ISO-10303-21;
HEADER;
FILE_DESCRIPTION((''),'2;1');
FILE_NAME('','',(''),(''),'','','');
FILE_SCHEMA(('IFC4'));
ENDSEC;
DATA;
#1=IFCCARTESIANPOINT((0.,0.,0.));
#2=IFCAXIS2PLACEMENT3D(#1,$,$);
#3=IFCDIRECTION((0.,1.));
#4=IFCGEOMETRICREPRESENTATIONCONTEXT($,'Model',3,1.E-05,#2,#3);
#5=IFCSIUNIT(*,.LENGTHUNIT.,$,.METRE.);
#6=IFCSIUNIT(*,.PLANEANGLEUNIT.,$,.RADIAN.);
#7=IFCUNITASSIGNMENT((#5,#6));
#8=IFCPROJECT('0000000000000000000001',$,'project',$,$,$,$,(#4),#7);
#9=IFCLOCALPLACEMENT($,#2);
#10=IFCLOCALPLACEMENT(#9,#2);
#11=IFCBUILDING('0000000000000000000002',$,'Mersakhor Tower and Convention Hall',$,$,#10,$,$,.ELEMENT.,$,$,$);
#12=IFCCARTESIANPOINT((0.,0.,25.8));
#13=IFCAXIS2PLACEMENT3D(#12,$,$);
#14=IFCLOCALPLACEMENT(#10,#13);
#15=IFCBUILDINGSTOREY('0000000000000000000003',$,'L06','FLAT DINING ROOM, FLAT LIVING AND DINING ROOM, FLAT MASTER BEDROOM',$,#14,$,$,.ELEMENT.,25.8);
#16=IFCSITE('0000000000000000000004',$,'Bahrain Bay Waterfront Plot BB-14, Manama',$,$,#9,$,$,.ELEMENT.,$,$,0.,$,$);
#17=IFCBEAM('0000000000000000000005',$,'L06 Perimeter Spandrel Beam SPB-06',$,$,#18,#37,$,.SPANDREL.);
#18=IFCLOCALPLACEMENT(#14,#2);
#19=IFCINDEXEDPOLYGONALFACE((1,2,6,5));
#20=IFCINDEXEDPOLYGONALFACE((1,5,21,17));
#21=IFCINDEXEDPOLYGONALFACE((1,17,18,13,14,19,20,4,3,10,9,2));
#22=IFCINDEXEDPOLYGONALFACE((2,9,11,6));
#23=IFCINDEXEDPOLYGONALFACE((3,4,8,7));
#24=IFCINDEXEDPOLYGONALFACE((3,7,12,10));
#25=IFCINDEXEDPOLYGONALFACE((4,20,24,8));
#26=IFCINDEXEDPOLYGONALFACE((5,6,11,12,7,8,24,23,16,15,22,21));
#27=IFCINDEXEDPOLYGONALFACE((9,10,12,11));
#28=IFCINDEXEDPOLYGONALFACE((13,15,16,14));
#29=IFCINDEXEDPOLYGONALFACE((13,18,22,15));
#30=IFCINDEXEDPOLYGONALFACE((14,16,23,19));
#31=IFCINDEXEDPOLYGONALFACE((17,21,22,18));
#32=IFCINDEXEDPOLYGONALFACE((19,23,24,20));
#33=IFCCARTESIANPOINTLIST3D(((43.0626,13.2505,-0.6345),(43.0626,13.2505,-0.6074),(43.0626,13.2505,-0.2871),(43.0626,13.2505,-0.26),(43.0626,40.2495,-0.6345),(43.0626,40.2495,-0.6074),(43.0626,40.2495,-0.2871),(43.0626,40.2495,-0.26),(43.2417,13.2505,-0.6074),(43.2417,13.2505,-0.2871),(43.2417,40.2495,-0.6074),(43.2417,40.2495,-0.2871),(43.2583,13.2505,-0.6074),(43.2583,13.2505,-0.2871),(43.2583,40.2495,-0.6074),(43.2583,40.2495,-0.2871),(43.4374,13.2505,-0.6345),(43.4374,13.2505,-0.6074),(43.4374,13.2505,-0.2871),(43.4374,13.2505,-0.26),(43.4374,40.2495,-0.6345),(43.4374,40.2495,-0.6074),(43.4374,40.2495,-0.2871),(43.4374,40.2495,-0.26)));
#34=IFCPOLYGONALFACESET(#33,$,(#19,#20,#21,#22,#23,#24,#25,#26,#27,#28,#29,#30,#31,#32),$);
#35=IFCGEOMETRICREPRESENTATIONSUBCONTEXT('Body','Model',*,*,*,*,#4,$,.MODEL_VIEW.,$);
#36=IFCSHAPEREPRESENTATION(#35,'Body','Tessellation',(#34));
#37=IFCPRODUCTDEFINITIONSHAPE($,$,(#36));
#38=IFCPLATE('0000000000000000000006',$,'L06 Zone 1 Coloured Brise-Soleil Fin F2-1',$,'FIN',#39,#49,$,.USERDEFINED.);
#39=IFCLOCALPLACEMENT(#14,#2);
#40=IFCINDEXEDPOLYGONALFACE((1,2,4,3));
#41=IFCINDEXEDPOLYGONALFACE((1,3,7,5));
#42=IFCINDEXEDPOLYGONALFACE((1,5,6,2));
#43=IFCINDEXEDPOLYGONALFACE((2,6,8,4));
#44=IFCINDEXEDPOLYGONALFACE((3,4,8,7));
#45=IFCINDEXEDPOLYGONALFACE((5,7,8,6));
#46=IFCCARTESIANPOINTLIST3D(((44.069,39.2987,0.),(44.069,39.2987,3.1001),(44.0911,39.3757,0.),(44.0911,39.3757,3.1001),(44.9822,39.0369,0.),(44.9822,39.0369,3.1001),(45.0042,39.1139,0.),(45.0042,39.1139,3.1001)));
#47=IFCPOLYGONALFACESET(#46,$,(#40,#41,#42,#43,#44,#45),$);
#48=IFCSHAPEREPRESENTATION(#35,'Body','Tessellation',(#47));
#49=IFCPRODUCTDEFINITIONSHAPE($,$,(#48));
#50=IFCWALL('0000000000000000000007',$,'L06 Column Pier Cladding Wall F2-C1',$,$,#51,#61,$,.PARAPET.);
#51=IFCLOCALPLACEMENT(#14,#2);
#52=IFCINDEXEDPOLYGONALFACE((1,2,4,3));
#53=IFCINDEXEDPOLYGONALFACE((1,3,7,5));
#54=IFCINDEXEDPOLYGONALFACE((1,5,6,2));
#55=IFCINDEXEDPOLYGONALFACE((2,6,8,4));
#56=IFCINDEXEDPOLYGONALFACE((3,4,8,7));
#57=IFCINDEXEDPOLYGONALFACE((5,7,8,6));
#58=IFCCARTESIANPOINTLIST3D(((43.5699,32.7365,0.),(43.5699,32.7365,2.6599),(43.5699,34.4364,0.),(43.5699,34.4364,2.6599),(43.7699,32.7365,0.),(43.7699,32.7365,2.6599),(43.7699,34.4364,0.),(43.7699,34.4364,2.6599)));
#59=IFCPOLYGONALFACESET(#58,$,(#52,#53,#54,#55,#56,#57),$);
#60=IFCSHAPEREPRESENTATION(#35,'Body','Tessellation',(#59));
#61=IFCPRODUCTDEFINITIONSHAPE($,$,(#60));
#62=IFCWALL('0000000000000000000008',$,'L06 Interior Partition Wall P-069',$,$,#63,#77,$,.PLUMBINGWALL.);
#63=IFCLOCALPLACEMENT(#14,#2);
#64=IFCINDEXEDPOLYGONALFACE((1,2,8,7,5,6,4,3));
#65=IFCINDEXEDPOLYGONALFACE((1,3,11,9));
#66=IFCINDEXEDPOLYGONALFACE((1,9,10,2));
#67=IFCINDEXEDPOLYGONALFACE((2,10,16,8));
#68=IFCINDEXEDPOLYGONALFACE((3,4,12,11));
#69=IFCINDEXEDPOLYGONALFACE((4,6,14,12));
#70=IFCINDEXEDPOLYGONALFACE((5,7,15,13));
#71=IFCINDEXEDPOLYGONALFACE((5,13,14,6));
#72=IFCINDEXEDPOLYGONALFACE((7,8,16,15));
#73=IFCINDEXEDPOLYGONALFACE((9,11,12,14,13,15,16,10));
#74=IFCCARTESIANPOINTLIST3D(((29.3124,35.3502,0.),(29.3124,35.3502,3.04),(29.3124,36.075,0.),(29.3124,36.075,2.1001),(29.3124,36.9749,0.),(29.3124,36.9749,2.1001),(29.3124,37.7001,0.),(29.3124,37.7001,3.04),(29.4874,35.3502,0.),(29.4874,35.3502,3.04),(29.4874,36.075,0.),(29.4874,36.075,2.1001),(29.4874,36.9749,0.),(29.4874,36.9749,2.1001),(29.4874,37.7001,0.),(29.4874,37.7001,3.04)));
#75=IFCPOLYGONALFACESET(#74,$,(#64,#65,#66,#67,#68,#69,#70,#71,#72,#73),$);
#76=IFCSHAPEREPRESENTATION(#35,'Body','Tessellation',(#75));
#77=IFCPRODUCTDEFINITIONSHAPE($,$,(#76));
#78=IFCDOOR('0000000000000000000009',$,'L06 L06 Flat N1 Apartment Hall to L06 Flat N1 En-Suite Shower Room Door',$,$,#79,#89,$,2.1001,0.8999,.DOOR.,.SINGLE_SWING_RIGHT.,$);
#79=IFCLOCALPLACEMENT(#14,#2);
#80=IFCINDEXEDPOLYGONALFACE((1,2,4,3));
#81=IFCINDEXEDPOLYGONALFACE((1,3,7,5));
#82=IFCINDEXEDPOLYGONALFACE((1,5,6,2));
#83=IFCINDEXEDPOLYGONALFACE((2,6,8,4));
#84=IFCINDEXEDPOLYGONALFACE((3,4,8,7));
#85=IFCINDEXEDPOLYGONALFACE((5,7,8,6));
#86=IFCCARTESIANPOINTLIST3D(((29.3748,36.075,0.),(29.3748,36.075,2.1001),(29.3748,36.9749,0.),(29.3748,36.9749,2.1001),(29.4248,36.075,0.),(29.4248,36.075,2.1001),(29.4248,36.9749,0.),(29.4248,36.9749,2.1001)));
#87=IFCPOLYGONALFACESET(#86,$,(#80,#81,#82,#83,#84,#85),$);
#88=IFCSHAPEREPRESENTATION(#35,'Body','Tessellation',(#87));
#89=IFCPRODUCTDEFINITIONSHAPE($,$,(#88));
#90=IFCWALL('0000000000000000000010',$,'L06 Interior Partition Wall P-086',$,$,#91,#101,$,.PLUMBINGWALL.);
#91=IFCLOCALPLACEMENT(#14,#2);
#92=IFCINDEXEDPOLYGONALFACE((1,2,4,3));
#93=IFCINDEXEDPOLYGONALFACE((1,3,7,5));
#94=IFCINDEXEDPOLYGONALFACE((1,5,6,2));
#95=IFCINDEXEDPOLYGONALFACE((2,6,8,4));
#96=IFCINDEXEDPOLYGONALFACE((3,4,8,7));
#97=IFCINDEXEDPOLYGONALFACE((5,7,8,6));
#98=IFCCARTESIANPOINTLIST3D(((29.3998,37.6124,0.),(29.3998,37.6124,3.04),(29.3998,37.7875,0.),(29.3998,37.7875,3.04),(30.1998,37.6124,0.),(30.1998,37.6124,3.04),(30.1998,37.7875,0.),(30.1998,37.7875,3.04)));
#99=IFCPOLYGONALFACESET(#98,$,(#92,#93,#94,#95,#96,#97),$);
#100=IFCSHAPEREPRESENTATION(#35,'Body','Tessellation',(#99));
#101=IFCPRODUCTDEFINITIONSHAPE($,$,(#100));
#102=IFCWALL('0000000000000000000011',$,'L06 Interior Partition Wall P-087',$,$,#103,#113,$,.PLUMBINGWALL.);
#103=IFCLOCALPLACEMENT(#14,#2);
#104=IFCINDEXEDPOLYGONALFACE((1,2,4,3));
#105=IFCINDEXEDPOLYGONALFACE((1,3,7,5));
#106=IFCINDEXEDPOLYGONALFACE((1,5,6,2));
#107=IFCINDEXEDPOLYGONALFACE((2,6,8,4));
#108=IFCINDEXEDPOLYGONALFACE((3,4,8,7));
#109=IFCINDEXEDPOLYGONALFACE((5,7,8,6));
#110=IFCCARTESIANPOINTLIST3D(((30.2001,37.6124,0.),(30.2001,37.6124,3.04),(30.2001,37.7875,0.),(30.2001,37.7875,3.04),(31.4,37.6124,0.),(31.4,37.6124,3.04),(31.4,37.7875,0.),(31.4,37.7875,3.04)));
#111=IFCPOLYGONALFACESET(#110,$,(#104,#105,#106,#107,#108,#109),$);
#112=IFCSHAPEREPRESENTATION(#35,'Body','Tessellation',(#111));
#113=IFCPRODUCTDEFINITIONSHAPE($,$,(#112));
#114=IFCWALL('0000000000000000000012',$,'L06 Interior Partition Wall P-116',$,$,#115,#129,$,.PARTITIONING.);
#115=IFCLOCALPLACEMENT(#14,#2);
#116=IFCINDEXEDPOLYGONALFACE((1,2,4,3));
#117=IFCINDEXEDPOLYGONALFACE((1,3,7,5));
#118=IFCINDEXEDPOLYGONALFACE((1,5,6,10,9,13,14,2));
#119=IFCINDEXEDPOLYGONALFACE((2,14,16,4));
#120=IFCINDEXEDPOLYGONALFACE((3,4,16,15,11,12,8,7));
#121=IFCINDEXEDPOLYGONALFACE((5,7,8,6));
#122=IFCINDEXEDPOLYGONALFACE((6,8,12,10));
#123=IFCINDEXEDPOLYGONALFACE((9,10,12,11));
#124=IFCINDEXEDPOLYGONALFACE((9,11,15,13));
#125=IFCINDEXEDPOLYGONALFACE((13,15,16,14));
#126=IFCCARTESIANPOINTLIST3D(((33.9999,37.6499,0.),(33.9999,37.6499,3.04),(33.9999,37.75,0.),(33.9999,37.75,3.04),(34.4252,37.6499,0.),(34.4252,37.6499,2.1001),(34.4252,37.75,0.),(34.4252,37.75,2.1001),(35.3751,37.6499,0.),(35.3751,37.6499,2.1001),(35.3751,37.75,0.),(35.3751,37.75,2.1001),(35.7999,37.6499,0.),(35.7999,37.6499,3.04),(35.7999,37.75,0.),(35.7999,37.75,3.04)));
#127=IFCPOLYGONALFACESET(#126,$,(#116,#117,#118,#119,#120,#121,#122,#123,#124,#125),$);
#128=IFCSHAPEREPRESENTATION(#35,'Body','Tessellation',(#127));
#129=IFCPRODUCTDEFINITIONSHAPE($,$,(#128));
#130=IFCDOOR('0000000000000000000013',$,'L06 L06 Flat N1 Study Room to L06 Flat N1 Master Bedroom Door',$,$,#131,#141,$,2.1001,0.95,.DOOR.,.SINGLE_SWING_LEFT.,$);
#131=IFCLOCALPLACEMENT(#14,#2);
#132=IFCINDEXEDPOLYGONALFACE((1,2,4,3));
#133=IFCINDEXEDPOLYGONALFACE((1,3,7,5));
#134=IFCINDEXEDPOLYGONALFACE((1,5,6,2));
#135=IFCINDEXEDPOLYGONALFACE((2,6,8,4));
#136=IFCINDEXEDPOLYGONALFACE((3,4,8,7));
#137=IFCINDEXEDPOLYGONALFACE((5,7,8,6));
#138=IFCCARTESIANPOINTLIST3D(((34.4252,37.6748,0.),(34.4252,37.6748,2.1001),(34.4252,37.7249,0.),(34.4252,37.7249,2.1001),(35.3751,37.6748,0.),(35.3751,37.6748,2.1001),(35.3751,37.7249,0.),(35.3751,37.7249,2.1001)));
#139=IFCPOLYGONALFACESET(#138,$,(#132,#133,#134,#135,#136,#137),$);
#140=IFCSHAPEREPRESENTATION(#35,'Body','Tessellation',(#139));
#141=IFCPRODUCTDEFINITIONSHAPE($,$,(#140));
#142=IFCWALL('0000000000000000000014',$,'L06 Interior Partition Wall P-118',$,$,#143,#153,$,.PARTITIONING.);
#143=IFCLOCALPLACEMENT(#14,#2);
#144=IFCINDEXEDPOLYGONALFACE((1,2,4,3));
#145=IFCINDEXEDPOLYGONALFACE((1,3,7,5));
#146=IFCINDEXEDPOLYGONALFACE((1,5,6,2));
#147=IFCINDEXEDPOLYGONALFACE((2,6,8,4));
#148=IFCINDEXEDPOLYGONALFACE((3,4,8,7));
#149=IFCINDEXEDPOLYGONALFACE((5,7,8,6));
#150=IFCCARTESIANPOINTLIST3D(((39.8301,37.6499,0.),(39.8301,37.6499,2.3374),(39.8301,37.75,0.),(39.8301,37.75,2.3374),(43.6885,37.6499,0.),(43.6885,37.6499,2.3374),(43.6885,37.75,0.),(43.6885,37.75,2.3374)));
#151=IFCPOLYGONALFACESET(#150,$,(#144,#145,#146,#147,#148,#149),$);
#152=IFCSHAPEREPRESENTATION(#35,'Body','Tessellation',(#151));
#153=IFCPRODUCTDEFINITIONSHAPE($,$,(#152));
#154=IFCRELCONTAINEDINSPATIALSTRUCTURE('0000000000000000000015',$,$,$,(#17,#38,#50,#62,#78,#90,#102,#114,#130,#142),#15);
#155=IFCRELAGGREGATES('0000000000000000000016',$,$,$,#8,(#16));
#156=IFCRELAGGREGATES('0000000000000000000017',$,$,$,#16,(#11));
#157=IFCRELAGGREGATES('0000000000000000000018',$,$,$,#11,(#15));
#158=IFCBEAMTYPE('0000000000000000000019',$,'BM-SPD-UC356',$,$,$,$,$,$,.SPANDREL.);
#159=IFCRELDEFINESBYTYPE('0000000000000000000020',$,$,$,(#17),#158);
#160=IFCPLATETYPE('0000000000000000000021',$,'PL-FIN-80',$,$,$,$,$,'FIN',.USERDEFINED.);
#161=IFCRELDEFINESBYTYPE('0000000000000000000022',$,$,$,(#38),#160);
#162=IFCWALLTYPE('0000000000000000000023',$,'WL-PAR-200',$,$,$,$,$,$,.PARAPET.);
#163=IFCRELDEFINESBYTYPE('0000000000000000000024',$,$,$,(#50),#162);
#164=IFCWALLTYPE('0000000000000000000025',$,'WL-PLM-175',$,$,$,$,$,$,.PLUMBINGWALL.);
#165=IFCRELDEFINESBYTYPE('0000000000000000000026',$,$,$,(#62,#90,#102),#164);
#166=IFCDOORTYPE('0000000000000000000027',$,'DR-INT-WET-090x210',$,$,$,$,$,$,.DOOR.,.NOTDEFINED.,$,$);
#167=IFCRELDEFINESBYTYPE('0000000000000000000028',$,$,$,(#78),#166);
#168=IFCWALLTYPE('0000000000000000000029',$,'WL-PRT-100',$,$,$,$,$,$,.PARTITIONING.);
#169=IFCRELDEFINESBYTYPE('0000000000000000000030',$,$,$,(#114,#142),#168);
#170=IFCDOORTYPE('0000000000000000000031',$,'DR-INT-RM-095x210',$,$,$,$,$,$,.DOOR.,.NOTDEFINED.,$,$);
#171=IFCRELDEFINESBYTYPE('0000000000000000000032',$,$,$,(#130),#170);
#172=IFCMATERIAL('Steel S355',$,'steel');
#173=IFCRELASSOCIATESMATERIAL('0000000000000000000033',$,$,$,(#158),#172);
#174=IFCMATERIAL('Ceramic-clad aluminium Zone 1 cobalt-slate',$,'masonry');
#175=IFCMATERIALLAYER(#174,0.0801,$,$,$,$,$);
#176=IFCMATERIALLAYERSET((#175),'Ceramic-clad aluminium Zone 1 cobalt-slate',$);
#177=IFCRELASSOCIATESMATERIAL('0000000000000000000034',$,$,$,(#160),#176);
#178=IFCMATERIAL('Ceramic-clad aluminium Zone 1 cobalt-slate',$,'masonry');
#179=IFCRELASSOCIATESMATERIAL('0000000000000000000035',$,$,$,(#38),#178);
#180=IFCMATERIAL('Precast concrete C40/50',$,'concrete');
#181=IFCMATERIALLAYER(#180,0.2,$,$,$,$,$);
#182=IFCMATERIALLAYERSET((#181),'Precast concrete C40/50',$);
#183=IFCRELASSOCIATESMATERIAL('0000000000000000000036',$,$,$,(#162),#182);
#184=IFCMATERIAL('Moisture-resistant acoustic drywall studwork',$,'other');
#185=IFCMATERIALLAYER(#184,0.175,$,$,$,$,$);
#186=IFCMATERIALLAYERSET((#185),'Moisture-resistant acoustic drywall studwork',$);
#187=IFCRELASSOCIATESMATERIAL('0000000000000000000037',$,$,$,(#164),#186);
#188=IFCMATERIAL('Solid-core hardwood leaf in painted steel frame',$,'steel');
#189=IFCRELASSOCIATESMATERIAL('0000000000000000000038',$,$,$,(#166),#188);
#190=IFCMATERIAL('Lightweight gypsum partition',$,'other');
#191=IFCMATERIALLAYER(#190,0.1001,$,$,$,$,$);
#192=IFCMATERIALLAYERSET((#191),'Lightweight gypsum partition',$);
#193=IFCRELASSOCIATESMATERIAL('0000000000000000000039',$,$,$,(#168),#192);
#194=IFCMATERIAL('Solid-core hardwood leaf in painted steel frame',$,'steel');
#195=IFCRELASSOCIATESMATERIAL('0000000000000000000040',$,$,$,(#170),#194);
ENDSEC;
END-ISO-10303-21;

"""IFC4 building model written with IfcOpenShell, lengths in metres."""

from ifc_helpers import new_model, si_unit, direction, frame, frame_2d, origin, origin_2d, place, context, subcontext, project, spatial, rectangle, i_section, extrude, material, layer, layer_set, material_profile, profile_set, type_object, element, fill, save


model = new_model("IFC4")

# Units and contexts
model_context = context("Model", 3, precision=1e-05, world=origin(), true_north=direction((0.0, 1.0)))
body_context = subcontext(model_context, "Body", "Model", "MODEL_VIEW")
ifc_project = project(units=[si_unit("LENGTHUNIT", "METRE"), si_unit("PLANEANGLEUNIT", "RADIAN")], contexts=[model_context])

# Site, building, storey
site_placement = place(None, origin())
site = spatial("IfcSite", under=ifc_project, at=site_placement, Name="Bahrain Bay Waterfront Plot BB-14, Manama", CompositionType="ELEMENT", RefElevation=0.0)
building_placement = place(site_placement, origin())
building = spatial("IfcBuilding", under=site, at=building_placement, Name="Mersakhor Tower and Convention Hall", CompositionType="ELEMENT")
storey_placement = place(building_placement, frame((0.0, 0.0, 25.8)))
storey = spatial("IfcBuildingStorey", under=building, at=storey_placement, Name="L06", Description="FLAT DINING ROOM, FLAT LIVING AND DINING ROOM, FLAT MASTER BEDROOM", CompositionType="ELEMENT", Elevation=25.8)

# Beam
ifc_material_1 = material(Name="Steel S355", Category="steel")
ifc_material_profile = material_profile(ifc_material_1, i_section(OverallWidth=0.3748, OverallDepth=0.3745, WebThickness=0.0166, FlangeThickness=0.0271, at=origin_2d()), Name="UC 356x368x202")
ifc_profile_set = profile_set([ifc_material_profile], Name="Steel S355")
beam_type = type_object("IfcBeamType", Name="BM-SPD-UC356", PredefinedType="SPANDREL", material=ifc_profile_set)
beam_placement = place(storey_placement, frame((43.25, 40.2495, -0.4473), z_axis=(0.0, -1.0, 0.0), x_axis=(1.0, 0.0, 0.0)))
element("IfcBeam", 1, at=beam_placement, inside=storey, type_object=beam_type, Name="L06 Perimeter Spandrel Beam SPB-06", PredefinedType="SPANDREL", context=body_context, shape_type="SweptSolid", body=[
    extrude(i_section(OverallWidth=0.3748, OverallDepth=0.3745, WebThickness=0.0166, FlangeThickness=0.0271, at=origin_2d()), origin(), (0.0, 0.0, 1.0), 26.999),
])

# Plate
ifc_material_2 = material(Name="Ceramic-clad aluminium Zone 1 cobalt-slate", Category="masonry")
ifc_material_3 = material(Name="Ceramic-clad aluminium Zone 1 cobalt-slate", Category="masonry")
ifc_layer_1 = layer(ifc_material_3, 0.0801)
ifc_layer_set_1 = layer_set([ifc_layer_1], Name="Ceramic-clad aluminium Zone 1 cobalt-slate")
plate_type = type_object("IfcPlateType", Name="PL-FIN-80", ElementType="FIN", PredefinedType="USERDEFINED", material=ifc_layer_set_1)
plate_placement = place(storey_placement, frame((44.5366, 39.2063, 0.0), z_axis=(0.0, 0.0, 1.0), x_axis=(0.961262, -0.275637, 0.0)))
element("IfcPlate", 2, at=plate_placement, inside=storey, type_object=plate_type, material=ifc_material_2, Name="L06 Zone 1 Coloured Brise-Soleil Fin F2-1", ObjectType="FIN", PredefinedType="USERDEFINED", context=body_context, shape_type="SweptSolid", body=[
    extrude(rectangle(XDim=0.95, YDim=0.0801, at=origin_2d()), origin(), (0.0, 0.0, 1.0), 3.1001),
])

# Wall
ifc_material_4 = material(Name="Precast concrete C40/50", Category="concrete")
ifc_layer_2 = layer(ifc_material_4, 0.2)
ifc_layer_set_2 = layer_set([ifc_layer_2], Name="Precast concrete C40/50")
wall_type_1 = type_object("IfcWallType", Name="WL-PAR-200", PredefinedType="PARAPET", material=ifc_layer_set_2)
wall_1_placement = place(storey_placement, frame((43.6699, 34.4365, 0.0), z_axis=(0.0, 0.0, 1.0), x_axis=(0.0, -1.0, 0.0)))
element("IfcWall", 3, at=wall_1_placement, inside=storey, type_object=wall_type_1, Name="L06 Column Pier Cladding Wall F2-C1", PredefinedType="PARAPET", context=body_context, shape_type="SweptSolid", body=[
    extrude(rectangle(XDim=1.7, YDim=0.2, at=frame_2d((0.8501, 0.0))), origin(), (0.0, 0.0, 1.0), 2.6599),
])

# Wall, opening, door
ifc_material_5 = material(Name="Moisture-resistant acoustic drywall studwork", Category="other")
ifc_layer_3 = layer(ifc_material_5, 0.175)
ifc_layer_set_3 = layer_set([ifc_layer_3], Name="Moisture-resistant acoustic drywall studwork")
wall_type_2 = type_object("IfcWallType", Name="WL-PLM-175", PredefinedType="PLUMBINGWALL", material=ifc_layer_set_3)
wall_2_placement = place(storey_placement, frame((29.3999, 37.7, 0.0), z_axis=(0.0, 0.0, 1.0), x_axis=(0.0, -1.0, 0.0)))
wall_2 = element("IfcWall", 4, at=wall_2_placement, inside=storey, type_object=wall_type_2, Name="L06 Interior Partition Wall P-069", PredefinedType="PLUMBINGWALL", context=body_context, shape_type="SweptSolid", body=[
    extrude(rectangle(XDim=2.3499, YDim=0.175, at=frame_2d((1.1748, 0.0))), origin(), (0.0, 0.0, 1.0), 3.04),
])
opening_1_placement = place(wall_2_placement, frame((0.7251, 0.0, 0.0)))
opening_1 = element("IfcOpeningElement", 5, at=opening_1_placement, cuts=wall_2, PredefinedType="OPENING", context=body_context, shape_type="SweptSolid", body=[
    extrude(rectangle(XDim=0.8999, YDim=2.1001, at=frame_2d((0.45, 1.05))), frame((0.0, 0.0974, 0.0), z_axis=(0.0, -1.0, 0.0), x_axis=(1.0, 0.0, 0.0)), (0.0, 0.0, 1.0), 0.1951),
])
ifc_material_6 = material(Name="Solid-core hardwood leaf in painted steel frame", Category="steel")
door_type_1 = type_object("IfcDoorType", Name="DR-INT-WET-090x210", OperationType="NOTDEFINED", PredefinedType="DOOR", material=ifc_material_6)
door_1_placement = place(opening_1_placement, origin())
door_1 = element("IfcDoor", 6, at=door_1_placement, inside=storey, type_object=door_type_1, Name="L06 L06 Flat N1 Apartment Hall to L06 Flat N1 En-Suite Shower Room Door", OperationType="SINGLE_SWING_RIGHT", OverallHeight=2.1001, OverallWidth=0.8999, PredefinedType="DOOR", context=body_context, shape_type="SweptSolid", body=[
    extrude(rectangle(XDim=0.8999, YDim=2.1001, at=frame_2d((0.45, 1.05))), frame((0.0, 0.0249, 0.0), z_axis=(0.0, -1.0, 0.0), x_axis=(1.0, 0.0, 0.0)), (0.0, 0.0, 1.0), 0.05),
])
fill(opening_1, door_1)

# Walls
wall_3_placement = place(storey_placement, frame((29.3999, 37.7, 0.0), z_axis=(0.0, 0.0, 1.0), x_axis=(1.0, 0.0, 0.0)))
element("IfcWall", 7, at=wall_3_placement, inside=storey, type_object=wall_type_2, Name="L06 Interior Partition Wall P-086", PredefinedType="PLUMBINGWALL", context=body_context, shape_type="SweptSolid", body=[
    extrude(rectangle(XDim=0.8, YDim=0.175, at=frame_2d((0.3999, 0.0))), origin(), (0.0, 0.0, 1.0), 3.04),
])
wall_4_placement = place(storey_placement, frame((30.2, 37.7, 0.0), z_axis=(0.0, 0.0, 1.0), x_axis=(1.0, 0.0, 0.0)))
element("IfcWall", 8, at=wall_4_placement, inside=storey, type_object=wall_type_2, Name="L06 Interior Partition Wall P-087", PredefinedType="PLUMBINGWALL", context=body_context, shape_type="SweptSolid", body=[
    extrude(rectangle(XDim=1.2, YDim=0.175, at=frame_2d((0.6001, 0.0))), origin(), (0.0, 0.0, 1.0), 3.04),
])

# Wall, opening, door
ifc_material_7 = material(Name="Lightweight gypsum partition", Category="other")
ifc_layer_4 = layer(ifc_material_7, 0.1001)
ifc_layer_set_4 = layer_set([ifc_layer_4], Name="Lightweight gypsum partition")
wall_type_3 = type_object("IfcWallType", Name="WL-PRT-100", PredefinedType="PARTITIONING", material=ifc_layer_set_4)
wall_5_placement = place(storey_placement, frame((34.0, 37.7, 0.0), z_axis=(0.0, 0.0, 1.0), x_axis=(1.0, 0.0, 0.0)))
wall_5 = element("IfcWall", 9, at=wall_5_placement, inside=storey, type_object=wall_type_3, Name="L06 Interior Partition Wall P-116", PredefinedType="PARTITIONING", context=body_context, shape_type="SweptSolid", body=[
    extrude(rectangle(XDim=1.8, YDim=0.1001, at=frame_2d((0.8999, 0.0))), origin(), (0.0, 0.0, 1.0), 3.04),
])
opening_2_placement = place(wall_5_placement, frame((0.425, 0.0, 0.0)))
opening_2 = element("IfcOpeningElement", 10, at=opening_2_placement, cuts=wall_5, PredefinedType="OPENING", context=body_context, shape_type="SweptSolid", body=[
    extrude(rectangle(XDim=0.95, YDim=2.1001, at=frame_2d((0.4751, 1.05))), frame((0.0, 0.0601, 0.0), z_axis=(0.0, -1.0, 0.0), x_axis=(1.0, 0.0, 0.0)), (0.0, 0.0, 1.0), 0.1201),
])
ifc_material_8 = material(Name="Solid-core hardwood leaf in painted steel frame", Category="steel")
door_type_2 = type_object("IfcDoorType", Name="DR-INT-RM-095x210", OperationType="NOTDEFINED", PredefinedType="DOOR", material=ifc_material_8)
door_2_placement = place(opening_2_placement, origin())
door_2 = element("IfcDoor", 11, at=door_2_placement, inside=storey, type_object=door_type_2, Name="L06 L06 Flat N1 Study Room to L06 Flat N1 Master Bedroom Door", OperationType="SINGLE_SWING_LEFT", OverallHeight=2.1001, OverallWidth=0.95, PredefinedType="DOOR", context=body_context, shape_type="SweptSolid", body=[
    extrude(rectangle(XDim=0.95, YDim=2.1001, at=frame_2d((0.4751, 1.05))), frame((0.0, 0.0249, 0.0), z_axis=(0.0, -1.0, 0.0), x_axis=(1.0, 0.0, 0.0)), (0.0, 0.0, 1.0), 0.05),
])
fill(opening_2, door_2)

# Wall
wall_6_placement = place(storey_placement, frame((39.8301, 37.7, 0.0), z_axis=(0.0, 0.0, 1.0), x_axis=(1.0, 0.0, 0.0)))
element("IfcWall", 12, at=wall_6_placement, inside=storey, type_object=wall_type_3, Name="L06 Interior Partition Wall P-118", PredefinedType="PARTITIONING", context=body_context, shape_type="SweptSolid", body=[
    extrude(rectangle(XDim=3.8584, YDim=0.1001, at=frame_2d((1.9292, 0.0))), origin(), (0.0, 0.0, 1.0), 2.3374),
])

save(model, "model.ifc")
